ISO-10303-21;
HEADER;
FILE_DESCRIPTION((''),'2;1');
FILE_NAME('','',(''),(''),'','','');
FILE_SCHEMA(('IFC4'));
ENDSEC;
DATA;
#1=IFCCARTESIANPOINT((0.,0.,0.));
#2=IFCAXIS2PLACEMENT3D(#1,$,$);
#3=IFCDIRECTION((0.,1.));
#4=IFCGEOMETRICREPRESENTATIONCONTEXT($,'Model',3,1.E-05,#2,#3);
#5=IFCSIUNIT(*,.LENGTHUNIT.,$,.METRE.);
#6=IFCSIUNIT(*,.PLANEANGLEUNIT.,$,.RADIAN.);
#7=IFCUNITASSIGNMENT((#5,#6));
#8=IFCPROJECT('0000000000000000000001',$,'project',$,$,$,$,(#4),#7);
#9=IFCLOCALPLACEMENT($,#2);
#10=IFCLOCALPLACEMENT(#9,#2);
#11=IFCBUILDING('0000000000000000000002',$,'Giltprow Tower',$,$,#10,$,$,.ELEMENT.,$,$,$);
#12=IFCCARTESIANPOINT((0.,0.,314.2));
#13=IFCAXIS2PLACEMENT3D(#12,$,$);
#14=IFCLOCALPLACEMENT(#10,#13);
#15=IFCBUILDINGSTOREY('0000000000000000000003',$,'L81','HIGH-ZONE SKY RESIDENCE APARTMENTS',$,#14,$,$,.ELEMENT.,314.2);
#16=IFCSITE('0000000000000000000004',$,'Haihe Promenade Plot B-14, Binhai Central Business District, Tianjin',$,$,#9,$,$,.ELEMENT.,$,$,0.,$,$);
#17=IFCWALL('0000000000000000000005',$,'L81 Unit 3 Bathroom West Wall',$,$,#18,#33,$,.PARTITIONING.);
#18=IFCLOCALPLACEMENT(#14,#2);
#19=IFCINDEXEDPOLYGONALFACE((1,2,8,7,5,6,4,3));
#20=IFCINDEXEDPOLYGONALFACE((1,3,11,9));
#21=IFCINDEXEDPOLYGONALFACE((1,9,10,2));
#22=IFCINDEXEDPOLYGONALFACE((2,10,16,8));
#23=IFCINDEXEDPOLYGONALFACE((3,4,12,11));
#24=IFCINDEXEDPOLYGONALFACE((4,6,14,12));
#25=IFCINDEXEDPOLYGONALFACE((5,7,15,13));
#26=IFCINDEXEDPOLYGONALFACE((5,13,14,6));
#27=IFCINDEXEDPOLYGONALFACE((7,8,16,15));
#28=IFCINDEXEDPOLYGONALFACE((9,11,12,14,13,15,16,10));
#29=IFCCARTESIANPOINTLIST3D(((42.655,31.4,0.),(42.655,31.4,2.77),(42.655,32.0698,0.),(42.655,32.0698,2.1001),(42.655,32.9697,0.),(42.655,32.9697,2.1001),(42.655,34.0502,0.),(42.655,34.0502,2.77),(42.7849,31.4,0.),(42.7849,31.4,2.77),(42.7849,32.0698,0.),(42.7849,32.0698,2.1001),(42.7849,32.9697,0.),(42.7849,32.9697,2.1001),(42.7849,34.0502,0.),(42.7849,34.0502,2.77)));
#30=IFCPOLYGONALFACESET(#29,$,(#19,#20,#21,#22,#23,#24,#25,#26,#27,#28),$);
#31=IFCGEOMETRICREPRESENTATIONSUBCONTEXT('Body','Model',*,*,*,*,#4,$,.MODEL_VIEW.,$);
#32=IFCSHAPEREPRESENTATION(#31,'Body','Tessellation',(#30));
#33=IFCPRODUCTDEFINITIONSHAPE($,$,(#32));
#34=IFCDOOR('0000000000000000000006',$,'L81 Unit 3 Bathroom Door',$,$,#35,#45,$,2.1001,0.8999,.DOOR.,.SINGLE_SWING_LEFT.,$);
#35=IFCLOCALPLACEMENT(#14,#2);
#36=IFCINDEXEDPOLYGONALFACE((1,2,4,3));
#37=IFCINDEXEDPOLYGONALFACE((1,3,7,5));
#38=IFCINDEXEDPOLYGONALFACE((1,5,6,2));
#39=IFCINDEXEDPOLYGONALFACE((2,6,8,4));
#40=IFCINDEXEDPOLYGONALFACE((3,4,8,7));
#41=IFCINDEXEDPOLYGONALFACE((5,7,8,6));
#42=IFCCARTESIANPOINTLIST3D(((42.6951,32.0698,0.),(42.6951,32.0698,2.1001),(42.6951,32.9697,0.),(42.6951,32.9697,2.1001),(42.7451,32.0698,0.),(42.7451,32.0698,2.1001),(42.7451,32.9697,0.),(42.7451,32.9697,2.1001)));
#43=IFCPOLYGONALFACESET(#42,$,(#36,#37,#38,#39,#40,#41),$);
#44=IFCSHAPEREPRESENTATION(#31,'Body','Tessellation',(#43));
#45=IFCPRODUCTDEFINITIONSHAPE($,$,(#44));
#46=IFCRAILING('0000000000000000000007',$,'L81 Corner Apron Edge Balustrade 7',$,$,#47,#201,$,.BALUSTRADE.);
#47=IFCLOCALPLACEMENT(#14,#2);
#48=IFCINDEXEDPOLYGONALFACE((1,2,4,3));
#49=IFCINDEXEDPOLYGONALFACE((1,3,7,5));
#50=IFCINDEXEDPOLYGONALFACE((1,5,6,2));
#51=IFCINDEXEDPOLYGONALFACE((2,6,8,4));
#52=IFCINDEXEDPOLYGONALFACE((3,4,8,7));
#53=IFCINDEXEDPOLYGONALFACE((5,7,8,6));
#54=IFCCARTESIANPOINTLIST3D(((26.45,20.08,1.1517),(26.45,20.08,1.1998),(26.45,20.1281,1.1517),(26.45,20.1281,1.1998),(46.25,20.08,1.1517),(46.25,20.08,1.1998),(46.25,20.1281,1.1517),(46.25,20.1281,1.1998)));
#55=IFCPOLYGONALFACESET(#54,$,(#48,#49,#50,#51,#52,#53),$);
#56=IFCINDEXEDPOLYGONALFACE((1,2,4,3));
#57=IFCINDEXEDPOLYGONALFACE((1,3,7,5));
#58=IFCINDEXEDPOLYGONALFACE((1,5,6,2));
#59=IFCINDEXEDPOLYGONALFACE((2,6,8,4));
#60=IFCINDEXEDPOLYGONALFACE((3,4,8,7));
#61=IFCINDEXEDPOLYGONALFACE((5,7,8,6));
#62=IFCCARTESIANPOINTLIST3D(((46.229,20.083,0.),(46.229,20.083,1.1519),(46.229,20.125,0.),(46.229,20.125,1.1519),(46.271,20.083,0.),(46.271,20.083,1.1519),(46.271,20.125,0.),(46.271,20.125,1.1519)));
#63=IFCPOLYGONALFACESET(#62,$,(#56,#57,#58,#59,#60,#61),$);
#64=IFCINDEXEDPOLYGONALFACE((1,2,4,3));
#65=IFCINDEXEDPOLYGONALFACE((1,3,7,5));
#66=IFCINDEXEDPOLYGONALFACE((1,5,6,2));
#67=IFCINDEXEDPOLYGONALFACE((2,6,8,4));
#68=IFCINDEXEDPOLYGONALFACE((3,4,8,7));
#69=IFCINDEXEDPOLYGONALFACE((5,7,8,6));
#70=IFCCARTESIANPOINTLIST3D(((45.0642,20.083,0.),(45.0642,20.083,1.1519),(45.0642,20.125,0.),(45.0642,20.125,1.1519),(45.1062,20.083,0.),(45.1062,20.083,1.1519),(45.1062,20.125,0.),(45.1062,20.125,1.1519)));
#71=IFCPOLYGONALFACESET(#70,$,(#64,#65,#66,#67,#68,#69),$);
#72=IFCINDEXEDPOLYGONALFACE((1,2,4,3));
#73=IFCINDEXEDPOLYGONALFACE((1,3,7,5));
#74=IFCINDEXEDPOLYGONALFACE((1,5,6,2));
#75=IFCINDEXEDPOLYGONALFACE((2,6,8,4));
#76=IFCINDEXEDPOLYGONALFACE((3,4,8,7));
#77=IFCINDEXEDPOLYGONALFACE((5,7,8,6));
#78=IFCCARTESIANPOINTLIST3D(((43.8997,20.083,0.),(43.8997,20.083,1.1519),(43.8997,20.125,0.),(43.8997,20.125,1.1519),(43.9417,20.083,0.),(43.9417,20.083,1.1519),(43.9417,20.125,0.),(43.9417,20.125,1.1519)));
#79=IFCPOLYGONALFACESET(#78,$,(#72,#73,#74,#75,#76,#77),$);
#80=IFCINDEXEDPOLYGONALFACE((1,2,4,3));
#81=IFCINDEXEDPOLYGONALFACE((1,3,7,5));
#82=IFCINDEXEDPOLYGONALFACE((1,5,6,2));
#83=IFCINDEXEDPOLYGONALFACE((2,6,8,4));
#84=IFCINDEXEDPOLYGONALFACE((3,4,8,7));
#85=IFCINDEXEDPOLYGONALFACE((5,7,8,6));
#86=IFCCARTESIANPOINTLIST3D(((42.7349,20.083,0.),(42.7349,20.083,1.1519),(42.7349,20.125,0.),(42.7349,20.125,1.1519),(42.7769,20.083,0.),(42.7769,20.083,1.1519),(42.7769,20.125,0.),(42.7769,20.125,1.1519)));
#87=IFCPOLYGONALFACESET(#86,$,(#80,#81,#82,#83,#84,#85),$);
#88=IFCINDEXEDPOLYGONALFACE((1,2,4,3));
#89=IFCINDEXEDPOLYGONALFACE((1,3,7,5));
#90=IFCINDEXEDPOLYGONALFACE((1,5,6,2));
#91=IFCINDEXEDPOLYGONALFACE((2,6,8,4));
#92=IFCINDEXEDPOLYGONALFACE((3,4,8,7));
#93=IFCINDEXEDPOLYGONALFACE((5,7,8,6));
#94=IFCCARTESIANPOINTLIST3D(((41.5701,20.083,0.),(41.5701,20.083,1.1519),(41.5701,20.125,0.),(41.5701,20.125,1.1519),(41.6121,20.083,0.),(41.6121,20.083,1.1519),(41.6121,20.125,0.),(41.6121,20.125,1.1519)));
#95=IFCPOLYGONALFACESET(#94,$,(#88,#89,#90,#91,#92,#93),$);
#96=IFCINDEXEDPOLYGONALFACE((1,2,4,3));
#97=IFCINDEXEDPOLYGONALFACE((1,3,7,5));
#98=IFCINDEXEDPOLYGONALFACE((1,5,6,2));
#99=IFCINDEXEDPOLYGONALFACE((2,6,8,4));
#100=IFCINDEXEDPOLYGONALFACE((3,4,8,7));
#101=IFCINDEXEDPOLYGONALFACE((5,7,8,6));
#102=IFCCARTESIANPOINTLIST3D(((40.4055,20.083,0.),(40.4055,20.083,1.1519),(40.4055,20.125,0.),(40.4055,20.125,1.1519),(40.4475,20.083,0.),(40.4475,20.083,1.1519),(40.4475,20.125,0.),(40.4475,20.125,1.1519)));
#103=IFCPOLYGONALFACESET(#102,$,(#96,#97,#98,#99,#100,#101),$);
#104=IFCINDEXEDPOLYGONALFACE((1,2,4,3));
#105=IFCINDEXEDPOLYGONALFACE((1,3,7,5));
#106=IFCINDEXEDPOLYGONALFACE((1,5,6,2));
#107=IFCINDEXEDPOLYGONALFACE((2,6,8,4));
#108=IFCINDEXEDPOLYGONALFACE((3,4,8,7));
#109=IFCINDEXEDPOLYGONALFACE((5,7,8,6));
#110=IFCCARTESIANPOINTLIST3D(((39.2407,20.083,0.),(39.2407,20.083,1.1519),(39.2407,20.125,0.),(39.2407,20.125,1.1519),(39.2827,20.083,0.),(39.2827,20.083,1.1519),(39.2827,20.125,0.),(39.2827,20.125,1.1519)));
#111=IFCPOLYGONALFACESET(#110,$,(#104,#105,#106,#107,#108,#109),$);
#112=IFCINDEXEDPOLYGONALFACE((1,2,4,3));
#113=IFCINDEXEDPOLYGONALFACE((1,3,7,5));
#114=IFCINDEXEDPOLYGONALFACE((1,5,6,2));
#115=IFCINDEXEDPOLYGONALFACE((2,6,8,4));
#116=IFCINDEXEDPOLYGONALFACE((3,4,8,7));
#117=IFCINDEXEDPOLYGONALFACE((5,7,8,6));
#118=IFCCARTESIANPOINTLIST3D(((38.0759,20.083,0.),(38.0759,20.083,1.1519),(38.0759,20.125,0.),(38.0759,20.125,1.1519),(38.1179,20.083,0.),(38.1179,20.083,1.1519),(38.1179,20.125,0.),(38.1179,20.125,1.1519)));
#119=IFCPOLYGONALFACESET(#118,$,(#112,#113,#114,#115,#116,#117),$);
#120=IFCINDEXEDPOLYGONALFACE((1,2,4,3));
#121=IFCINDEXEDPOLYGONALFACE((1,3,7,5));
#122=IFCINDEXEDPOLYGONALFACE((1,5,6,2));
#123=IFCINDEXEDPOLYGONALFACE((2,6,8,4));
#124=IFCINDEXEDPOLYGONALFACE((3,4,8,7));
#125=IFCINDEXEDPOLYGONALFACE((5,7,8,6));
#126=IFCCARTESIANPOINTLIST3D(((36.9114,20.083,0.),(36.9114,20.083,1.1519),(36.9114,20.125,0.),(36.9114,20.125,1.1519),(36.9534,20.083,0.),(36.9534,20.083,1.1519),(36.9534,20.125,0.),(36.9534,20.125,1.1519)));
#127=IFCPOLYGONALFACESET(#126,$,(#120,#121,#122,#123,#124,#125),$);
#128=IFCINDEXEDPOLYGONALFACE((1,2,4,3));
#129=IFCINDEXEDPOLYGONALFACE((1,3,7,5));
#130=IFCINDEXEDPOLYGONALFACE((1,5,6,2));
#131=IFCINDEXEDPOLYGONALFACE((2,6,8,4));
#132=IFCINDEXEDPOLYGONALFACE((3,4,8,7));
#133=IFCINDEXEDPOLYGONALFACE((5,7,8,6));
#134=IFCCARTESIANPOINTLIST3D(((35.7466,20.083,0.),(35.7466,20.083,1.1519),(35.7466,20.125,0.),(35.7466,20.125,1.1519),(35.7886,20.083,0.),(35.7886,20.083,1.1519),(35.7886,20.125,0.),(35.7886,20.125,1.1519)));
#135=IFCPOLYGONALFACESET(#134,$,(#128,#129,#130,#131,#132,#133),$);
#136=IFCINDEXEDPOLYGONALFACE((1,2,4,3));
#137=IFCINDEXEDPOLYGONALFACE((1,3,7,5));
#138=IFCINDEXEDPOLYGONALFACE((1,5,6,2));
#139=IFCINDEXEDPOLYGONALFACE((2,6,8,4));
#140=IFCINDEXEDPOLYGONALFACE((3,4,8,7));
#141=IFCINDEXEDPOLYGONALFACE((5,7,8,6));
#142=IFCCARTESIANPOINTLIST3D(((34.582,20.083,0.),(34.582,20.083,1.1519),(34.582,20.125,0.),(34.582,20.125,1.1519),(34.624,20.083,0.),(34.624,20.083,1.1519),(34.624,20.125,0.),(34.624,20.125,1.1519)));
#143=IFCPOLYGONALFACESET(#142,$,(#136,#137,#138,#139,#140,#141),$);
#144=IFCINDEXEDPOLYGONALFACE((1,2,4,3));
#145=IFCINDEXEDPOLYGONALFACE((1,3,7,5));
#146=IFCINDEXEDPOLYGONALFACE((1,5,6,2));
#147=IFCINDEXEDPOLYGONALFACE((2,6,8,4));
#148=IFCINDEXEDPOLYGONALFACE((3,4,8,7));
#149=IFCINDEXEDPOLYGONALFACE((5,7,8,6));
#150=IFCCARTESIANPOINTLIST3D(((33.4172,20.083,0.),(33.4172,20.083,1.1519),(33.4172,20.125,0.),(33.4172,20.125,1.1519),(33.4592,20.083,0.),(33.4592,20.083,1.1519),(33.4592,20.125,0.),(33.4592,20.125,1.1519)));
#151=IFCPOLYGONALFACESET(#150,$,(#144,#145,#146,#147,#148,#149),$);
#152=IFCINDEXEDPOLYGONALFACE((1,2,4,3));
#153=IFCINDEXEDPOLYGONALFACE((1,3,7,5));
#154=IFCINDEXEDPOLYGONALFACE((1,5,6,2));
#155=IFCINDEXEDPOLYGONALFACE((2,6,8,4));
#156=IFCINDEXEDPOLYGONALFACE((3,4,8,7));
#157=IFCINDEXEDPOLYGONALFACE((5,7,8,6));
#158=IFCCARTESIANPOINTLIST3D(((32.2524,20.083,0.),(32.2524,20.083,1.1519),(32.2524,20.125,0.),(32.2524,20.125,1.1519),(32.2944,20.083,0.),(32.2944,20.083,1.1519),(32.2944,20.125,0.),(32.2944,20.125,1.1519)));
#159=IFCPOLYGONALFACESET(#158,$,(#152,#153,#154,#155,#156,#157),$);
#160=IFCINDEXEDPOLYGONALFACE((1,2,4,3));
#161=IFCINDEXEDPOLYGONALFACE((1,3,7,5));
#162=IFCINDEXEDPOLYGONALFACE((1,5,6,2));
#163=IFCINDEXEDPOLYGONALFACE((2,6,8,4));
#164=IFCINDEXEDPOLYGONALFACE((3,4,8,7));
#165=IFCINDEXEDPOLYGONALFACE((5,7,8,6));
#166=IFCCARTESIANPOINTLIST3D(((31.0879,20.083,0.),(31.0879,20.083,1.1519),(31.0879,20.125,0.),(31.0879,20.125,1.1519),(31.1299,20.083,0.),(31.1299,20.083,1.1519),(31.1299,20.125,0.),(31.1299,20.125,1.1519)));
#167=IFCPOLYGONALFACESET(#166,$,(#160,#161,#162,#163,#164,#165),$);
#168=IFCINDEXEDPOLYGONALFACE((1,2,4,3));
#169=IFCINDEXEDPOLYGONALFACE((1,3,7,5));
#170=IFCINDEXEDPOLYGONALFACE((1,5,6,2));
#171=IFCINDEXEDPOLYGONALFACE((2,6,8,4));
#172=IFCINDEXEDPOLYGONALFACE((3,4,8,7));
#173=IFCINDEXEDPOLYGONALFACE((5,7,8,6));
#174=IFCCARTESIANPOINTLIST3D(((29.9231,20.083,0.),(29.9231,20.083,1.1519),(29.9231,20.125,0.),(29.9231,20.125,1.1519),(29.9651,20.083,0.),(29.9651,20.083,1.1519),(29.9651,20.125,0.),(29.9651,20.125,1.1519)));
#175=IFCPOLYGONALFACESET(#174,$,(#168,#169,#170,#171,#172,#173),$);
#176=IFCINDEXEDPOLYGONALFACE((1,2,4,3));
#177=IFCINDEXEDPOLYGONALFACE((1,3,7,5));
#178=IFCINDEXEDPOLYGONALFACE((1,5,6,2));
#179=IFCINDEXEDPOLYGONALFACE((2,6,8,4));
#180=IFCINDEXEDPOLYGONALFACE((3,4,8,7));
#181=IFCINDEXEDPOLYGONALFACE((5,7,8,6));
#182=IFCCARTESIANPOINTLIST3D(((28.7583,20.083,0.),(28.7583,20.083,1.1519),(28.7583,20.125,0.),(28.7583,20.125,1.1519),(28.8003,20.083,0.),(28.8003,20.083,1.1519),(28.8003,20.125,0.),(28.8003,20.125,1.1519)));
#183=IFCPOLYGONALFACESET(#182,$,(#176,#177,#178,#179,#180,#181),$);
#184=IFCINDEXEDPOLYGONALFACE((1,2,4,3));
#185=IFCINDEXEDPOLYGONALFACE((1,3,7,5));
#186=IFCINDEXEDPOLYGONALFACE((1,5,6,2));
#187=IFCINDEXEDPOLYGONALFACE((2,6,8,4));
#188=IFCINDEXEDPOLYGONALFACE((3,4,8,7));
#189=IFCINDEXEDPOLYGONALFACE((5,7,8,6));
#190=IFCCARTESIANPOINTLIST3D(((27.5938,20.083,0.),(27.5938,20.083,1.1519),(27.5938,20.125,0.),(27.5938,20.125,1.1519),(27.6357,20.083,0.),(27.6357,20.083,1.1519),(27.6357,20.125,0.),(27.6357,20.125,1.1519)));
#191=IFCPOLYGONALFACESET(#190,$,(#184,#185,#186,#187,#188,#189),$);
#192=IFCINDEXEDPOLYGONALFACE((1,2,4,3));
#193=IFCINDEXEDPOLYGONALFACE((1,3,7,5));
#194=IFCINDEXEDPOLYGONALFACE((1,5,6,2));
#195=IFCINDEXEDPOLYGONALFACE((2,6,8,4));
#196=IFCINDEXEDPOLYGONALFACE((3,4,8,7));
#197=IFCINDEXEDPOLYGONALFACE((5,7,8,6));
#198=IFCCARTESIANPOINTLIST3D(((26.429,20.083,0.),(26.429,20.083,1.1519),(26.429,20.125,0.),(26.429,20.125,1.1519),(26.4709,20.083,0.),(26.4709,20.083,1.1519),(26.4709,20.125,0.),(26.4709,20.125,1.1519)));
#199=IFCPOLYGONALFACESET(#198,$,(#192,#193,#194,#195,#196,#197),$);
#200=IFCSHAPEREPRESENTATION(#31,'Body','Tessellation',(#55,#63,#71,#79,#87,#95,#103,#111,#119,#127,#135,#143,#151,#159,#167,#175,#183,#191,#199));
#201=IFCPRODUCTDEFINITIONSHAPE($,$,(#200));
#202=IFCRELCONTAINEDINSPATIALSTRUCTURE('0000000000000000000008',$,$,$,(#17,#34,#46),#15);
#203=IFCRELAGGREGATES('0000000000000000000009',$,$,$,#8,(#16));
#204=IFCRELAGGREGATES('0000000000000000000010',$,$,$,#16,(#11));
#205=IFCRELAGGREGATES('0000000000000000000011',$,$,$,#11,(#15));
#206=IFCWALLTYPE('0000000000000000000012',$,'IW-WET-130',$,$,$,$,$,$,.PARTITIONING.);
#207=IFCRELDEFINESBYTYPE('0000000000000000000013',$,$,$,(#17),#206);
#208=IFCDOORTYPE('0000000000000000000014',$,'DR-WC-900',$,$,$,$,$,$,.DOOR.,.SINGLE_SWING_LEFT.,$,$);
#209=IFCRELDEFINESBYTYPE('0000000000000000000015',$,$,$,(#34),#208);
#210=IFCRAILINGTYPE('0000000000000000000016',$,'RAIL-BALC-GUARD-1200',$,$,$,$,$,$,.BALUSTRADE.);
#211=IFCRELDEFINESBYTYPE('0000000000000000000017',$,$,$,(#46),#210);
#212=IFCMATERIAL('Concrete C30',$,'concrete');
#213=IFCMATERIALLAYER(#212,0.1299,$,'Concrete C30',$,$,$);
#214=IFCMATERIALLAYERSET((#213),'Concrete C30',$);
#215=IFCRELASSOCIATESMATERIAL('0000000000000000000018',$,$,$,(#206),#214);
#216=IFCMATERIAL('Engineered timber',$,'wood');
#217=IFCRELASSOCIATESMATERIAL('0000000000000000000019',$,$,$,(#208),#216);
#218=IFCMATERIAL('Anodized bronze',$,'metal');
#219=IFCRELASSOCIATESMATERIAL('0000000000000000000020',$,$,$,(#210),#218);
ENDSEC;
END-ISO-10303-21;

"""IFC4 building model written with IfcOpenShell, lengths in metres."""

from ifc_helpers import new_model, si_unit, direction, frame, frame_2d, origin, origin_2d, place, context, subcontext, project, spatial, rectangle, extrude, source, transform, mapped, material, layer, layer_set, type_object, element, fill, save


model = new_model("IFC4")

# Units and contexts
model_context = context("Model", 3, precision=1e-05, world=origin(), true_north=direction((0.0, 1.0)))
body_context = subcontext(model_context, "Body", "Model", "MODEL_VIEW")
ifc_project = project(units=[si_unit("LENGTHUNIT", "METRE"), si_unit("PLANEANGLEUNIT", "RADIAN")], contexts=[model_context])

# Site, building, storey
site_placement = place(None, origin())
site = spatial("IfcSite", under=ifc_project, at=site_placement, Name="Haihe Promenade Plot B-14, Binhai Central Business District, Tianjin", CompositionType="ELEMENT", RefElevation=0.0)
building_placement = place(site_placement, origin())
building = spatial("IfcBuilding", under=site, at=building_placement, Name="Giltprow Tower", CompositionType="ELEMENT")
storey_placement = place(building_placement, frame((0.0, 0.0, 314.2)))
storey = spatial("IfcBuildingStorey", under=building, at=storey_placement, Name="L81", Description="HIGH-ZONE SKY RESIDENCE APARTMENTS", CompositionType="ELEMENT", Elevation=314.2)

# Shared definitions
ifc_material_1 = material(Name="Engineered timber", Category="wood")

# Shared definitions
ifc_material_2 = material(Name="Concrete C30", Category="concrete")
ifc_layer_1 = layer(ifc_material_2, 0.1299, Name="Concrete C30")
ifc_layer_set_1 = layer_set([ifc_layer_1], Name="Concrete C30")
wall_type_1 = type_object("IfcWallType", Name="IW-WET-130", PredefinedType="PARTITIONING", material=ifc_layer_set_1)

# Wall, opening, door
wall_1_placement = place(storey_placement, frame((42.72, 31.3999, 0.0), z_axis=(0.0, 0.0, 1.0), x_axis=(0.0, 1.0, 0.0)))
wall_1 = element("IfcWall", 1, at=wall_1_placement, inside=storey, type_object=wall_type_1, Name="L81 Unit 3 Bathroom West Wall", PredefinedType="PARTITIONING", context=body_context, shape_type="SweptSolid", body=[
    extrude(rectangle(XDim=2.6501, YDim=0.1299, at=frame_2d((1.3252, 0.0))), origin(), (0.0, 0.0, 1.0), 2.77),
])
opening_1_placement = place(wall_1_placement, frame((0.6699, 0.0, 0.0)))
opening_1 = element("IfcOpeningElement", 2, at=opening_1_placement, cuts=wall_1, PredefinedType="OPENING", context=body_context, shape_type="SweptSolid", body=[
    extrude(rectangle(XDim=0.8999, YDim=2.1001, at=frame_2d((0.45, 1.05))), frame((0.0, 0.075, 0.0), z_axis=(0.0, -1.0, 0.0), x_axis=(1.0, 0.0, 0.0)), (0.0, 0.0, 1.0), 0.1499),
])
door_type_1 = type_object("IfcDoorType", Name="DR-WC-900", OperationType="SINGLE_SWING_LEFT", PredefinedType="DOOR", material=ifc_material_1)
shared_shape_1 = source(origin(), body_context, "Body", "SweptSolid", [
    extrude(rectangle(XDim=0.8999, YDim=2.1001, at=frame_2d((0.45, 1.05))), frame((0.0, 0.0249, 0.0), z_axis=(0.0, -1.0, 0.0), x_axis=(1.0, 0.0, 0.0)), (0.0, 0.0, 1.0), 0.05),
])
door_1_placement = place(opening_1_placement, origin())
door_1 = element("IfcDoor", 3, at=door_1_placement, inside=storey, type_object=door_type_1, Name="L81 Unit 3 Bathroom Door", OperationType="SINGLE_SWING_LEFT", OverallHeight=2.1001, OverallWidth=0.8999, PredefinedType="DOOR", context=body_context, shape_type="MappedRepresentation", body=[
    mapped(shared_shape_1, transform((0.0, 0.0, 0.0), x_axis=(1.0, 0.0, 0.0), y_axis=(0.0, 1.0, 0.0), z_axis=(0.0, 0.0, 1.0), scale=1.0)),
])
fill(opening_1, door_1)

# Railing
ifc_material_3 = material(Name="Anodized bronze", Category="metal")
railing_type = type_object("IfcRailingType", Name="RAIL-BALC-GUARD-1200", PredefinedType="BALUSTRADE", material=ifc_material_3)
railing_placement = place(storey_placement, frame((46.25, 20.104, 0.0)))
element("IfcRailing", 4, at=railing_placement, inside=storey, type_object=railing_type, Name="L81 Corner Apron Edge Balustrade 7", PredefinedType="BALUSTRADE", context=body_context, shape_type="SweptSolid", body=[
    extrude(rectangle(XDim=0.0481, YDim=0.0481, at=origin_2d()), frame((0.0, 0.0, 1.1758), z_axis=(-1.0, 0.0, 0.0), x_axis=(0.0, -1.0, 0.0)), (0.0, 0.0, 1.0), 19.8),
    extrude(rectangle(XDim=0.042, YDim=0.042, at=origin_2d()), origin(), (0.0, 0.0, 1.0), 1.1519),
    extrude(rectangle(XDim=0.042, YDim=0.042, at=origin_2d()), frame((-1.1648, 0.0, 0.0)), (0.0, 0.0, 1.0), 1.1519),
    extrude(rectangle(XDim=0.042, YDim=0.042, at=origin_2d()), frame((-2.3293, 0.0, 0.0)), (0.0, 0.0, 1.0), 1.1519),
    extrude(rectangle(XDim=0.042, YDim=0.042, at=origin_2d()), frame((-3.4941, 0.0, 0.0)), (0.0, 0.0, 1.0), 1.1519),
    extrude(rectangle(XDim=0.042, YDim=0.042, at=origin_2d()), frame((-4.6589, 0.0, 0.0)), (0.0, 0.0, 1.0), 1.1519),
    extrude(rectangle(XDim=0.042, YDim=0.042, at=origin_2d()), frame((-5.8235, 0.0, 0.0)), (0.0, 0.0, 1.0), 1.1519),
    extrude(rectangle(XDim=0.042, YDim=0.042, at=origin_2d()), frame((-6.9883, 0.0, 0.0)), (0.0, 0.0, 1.0), 1.1519),
    extrude(rectangle(XDim=0.042, YDim=0.042, at=origin_2d()), frame((-8.1531, 0.0, 0.0)), (0.0, 0.0, 1.0), 1.1519),
    extrude(rectangle(XDim=0.042, YDim=0.042, at=origin_2d()), frame((-9.3176, 0.0, 0.0)), (0.0, 0.0, 1.0), 1.1519),
    extrude(rectangle(XDim=0.042, YDim=0.042, at=origin_2d()), frame((-10.4824, 0.0, 0.0)), (0.0, 0.0, 1.0), 1.1519),
    extrude(rectangle(XDim=0.042, YDim=0.042, at=origin_2d()), frame((-11.647, 0.0, 0.0)), (0.0, 0.0, 1.0), 1.1519),
    extrude(rectangle(XDim=0.042, YDim=0.042, at=origin_2d()), frame((-12.8118, 0.0, 0.0)), (0.0, 0.0, 1.0), 1.1519),
    extrude(rectangle(XDim=0.042, YDim=0.042, at=origin_2d()), frame((-13.9766, 0.0, 0.0)), (0.0, 0.0, 1.0), 1.1519),
    extrude(rectangle(XDim=0.042, YDim=0.042, at=origin_2d()), frame((-15.1411, 0.0, 0.0)), (0.0, 0.0, 1.0), 1.1519),
    extrude(rectangle(XDim=0.042, YDim=0.042, at=origin_2d()), frame((-16.3059, 0.0, 0.0)), (0.0, 0.0, 1.0), 1.1519),
    extrude(rectangle(XDim=0.042, YDim=0.042, at=origin_2d()), frame((-17.4707, 0.0, 0.0)), (0.0, 0.0, 1.0), 1.1519),
    extrude(rectangle(XDim=0.042, YDim=0.042, at=origin_2d()), frame((-18.6353, 0.0, 0.0)), (0.0, 0.0, 1.0), 1.1519),
    extrude(rectangle(XDim=0.042, YDim=0.042, at=origin_2d()), frame((-19.8, 0.0, 0.0)), (0.0, 0.0, 1.0), 1.1519),
])

save(model, "model.ifc")
